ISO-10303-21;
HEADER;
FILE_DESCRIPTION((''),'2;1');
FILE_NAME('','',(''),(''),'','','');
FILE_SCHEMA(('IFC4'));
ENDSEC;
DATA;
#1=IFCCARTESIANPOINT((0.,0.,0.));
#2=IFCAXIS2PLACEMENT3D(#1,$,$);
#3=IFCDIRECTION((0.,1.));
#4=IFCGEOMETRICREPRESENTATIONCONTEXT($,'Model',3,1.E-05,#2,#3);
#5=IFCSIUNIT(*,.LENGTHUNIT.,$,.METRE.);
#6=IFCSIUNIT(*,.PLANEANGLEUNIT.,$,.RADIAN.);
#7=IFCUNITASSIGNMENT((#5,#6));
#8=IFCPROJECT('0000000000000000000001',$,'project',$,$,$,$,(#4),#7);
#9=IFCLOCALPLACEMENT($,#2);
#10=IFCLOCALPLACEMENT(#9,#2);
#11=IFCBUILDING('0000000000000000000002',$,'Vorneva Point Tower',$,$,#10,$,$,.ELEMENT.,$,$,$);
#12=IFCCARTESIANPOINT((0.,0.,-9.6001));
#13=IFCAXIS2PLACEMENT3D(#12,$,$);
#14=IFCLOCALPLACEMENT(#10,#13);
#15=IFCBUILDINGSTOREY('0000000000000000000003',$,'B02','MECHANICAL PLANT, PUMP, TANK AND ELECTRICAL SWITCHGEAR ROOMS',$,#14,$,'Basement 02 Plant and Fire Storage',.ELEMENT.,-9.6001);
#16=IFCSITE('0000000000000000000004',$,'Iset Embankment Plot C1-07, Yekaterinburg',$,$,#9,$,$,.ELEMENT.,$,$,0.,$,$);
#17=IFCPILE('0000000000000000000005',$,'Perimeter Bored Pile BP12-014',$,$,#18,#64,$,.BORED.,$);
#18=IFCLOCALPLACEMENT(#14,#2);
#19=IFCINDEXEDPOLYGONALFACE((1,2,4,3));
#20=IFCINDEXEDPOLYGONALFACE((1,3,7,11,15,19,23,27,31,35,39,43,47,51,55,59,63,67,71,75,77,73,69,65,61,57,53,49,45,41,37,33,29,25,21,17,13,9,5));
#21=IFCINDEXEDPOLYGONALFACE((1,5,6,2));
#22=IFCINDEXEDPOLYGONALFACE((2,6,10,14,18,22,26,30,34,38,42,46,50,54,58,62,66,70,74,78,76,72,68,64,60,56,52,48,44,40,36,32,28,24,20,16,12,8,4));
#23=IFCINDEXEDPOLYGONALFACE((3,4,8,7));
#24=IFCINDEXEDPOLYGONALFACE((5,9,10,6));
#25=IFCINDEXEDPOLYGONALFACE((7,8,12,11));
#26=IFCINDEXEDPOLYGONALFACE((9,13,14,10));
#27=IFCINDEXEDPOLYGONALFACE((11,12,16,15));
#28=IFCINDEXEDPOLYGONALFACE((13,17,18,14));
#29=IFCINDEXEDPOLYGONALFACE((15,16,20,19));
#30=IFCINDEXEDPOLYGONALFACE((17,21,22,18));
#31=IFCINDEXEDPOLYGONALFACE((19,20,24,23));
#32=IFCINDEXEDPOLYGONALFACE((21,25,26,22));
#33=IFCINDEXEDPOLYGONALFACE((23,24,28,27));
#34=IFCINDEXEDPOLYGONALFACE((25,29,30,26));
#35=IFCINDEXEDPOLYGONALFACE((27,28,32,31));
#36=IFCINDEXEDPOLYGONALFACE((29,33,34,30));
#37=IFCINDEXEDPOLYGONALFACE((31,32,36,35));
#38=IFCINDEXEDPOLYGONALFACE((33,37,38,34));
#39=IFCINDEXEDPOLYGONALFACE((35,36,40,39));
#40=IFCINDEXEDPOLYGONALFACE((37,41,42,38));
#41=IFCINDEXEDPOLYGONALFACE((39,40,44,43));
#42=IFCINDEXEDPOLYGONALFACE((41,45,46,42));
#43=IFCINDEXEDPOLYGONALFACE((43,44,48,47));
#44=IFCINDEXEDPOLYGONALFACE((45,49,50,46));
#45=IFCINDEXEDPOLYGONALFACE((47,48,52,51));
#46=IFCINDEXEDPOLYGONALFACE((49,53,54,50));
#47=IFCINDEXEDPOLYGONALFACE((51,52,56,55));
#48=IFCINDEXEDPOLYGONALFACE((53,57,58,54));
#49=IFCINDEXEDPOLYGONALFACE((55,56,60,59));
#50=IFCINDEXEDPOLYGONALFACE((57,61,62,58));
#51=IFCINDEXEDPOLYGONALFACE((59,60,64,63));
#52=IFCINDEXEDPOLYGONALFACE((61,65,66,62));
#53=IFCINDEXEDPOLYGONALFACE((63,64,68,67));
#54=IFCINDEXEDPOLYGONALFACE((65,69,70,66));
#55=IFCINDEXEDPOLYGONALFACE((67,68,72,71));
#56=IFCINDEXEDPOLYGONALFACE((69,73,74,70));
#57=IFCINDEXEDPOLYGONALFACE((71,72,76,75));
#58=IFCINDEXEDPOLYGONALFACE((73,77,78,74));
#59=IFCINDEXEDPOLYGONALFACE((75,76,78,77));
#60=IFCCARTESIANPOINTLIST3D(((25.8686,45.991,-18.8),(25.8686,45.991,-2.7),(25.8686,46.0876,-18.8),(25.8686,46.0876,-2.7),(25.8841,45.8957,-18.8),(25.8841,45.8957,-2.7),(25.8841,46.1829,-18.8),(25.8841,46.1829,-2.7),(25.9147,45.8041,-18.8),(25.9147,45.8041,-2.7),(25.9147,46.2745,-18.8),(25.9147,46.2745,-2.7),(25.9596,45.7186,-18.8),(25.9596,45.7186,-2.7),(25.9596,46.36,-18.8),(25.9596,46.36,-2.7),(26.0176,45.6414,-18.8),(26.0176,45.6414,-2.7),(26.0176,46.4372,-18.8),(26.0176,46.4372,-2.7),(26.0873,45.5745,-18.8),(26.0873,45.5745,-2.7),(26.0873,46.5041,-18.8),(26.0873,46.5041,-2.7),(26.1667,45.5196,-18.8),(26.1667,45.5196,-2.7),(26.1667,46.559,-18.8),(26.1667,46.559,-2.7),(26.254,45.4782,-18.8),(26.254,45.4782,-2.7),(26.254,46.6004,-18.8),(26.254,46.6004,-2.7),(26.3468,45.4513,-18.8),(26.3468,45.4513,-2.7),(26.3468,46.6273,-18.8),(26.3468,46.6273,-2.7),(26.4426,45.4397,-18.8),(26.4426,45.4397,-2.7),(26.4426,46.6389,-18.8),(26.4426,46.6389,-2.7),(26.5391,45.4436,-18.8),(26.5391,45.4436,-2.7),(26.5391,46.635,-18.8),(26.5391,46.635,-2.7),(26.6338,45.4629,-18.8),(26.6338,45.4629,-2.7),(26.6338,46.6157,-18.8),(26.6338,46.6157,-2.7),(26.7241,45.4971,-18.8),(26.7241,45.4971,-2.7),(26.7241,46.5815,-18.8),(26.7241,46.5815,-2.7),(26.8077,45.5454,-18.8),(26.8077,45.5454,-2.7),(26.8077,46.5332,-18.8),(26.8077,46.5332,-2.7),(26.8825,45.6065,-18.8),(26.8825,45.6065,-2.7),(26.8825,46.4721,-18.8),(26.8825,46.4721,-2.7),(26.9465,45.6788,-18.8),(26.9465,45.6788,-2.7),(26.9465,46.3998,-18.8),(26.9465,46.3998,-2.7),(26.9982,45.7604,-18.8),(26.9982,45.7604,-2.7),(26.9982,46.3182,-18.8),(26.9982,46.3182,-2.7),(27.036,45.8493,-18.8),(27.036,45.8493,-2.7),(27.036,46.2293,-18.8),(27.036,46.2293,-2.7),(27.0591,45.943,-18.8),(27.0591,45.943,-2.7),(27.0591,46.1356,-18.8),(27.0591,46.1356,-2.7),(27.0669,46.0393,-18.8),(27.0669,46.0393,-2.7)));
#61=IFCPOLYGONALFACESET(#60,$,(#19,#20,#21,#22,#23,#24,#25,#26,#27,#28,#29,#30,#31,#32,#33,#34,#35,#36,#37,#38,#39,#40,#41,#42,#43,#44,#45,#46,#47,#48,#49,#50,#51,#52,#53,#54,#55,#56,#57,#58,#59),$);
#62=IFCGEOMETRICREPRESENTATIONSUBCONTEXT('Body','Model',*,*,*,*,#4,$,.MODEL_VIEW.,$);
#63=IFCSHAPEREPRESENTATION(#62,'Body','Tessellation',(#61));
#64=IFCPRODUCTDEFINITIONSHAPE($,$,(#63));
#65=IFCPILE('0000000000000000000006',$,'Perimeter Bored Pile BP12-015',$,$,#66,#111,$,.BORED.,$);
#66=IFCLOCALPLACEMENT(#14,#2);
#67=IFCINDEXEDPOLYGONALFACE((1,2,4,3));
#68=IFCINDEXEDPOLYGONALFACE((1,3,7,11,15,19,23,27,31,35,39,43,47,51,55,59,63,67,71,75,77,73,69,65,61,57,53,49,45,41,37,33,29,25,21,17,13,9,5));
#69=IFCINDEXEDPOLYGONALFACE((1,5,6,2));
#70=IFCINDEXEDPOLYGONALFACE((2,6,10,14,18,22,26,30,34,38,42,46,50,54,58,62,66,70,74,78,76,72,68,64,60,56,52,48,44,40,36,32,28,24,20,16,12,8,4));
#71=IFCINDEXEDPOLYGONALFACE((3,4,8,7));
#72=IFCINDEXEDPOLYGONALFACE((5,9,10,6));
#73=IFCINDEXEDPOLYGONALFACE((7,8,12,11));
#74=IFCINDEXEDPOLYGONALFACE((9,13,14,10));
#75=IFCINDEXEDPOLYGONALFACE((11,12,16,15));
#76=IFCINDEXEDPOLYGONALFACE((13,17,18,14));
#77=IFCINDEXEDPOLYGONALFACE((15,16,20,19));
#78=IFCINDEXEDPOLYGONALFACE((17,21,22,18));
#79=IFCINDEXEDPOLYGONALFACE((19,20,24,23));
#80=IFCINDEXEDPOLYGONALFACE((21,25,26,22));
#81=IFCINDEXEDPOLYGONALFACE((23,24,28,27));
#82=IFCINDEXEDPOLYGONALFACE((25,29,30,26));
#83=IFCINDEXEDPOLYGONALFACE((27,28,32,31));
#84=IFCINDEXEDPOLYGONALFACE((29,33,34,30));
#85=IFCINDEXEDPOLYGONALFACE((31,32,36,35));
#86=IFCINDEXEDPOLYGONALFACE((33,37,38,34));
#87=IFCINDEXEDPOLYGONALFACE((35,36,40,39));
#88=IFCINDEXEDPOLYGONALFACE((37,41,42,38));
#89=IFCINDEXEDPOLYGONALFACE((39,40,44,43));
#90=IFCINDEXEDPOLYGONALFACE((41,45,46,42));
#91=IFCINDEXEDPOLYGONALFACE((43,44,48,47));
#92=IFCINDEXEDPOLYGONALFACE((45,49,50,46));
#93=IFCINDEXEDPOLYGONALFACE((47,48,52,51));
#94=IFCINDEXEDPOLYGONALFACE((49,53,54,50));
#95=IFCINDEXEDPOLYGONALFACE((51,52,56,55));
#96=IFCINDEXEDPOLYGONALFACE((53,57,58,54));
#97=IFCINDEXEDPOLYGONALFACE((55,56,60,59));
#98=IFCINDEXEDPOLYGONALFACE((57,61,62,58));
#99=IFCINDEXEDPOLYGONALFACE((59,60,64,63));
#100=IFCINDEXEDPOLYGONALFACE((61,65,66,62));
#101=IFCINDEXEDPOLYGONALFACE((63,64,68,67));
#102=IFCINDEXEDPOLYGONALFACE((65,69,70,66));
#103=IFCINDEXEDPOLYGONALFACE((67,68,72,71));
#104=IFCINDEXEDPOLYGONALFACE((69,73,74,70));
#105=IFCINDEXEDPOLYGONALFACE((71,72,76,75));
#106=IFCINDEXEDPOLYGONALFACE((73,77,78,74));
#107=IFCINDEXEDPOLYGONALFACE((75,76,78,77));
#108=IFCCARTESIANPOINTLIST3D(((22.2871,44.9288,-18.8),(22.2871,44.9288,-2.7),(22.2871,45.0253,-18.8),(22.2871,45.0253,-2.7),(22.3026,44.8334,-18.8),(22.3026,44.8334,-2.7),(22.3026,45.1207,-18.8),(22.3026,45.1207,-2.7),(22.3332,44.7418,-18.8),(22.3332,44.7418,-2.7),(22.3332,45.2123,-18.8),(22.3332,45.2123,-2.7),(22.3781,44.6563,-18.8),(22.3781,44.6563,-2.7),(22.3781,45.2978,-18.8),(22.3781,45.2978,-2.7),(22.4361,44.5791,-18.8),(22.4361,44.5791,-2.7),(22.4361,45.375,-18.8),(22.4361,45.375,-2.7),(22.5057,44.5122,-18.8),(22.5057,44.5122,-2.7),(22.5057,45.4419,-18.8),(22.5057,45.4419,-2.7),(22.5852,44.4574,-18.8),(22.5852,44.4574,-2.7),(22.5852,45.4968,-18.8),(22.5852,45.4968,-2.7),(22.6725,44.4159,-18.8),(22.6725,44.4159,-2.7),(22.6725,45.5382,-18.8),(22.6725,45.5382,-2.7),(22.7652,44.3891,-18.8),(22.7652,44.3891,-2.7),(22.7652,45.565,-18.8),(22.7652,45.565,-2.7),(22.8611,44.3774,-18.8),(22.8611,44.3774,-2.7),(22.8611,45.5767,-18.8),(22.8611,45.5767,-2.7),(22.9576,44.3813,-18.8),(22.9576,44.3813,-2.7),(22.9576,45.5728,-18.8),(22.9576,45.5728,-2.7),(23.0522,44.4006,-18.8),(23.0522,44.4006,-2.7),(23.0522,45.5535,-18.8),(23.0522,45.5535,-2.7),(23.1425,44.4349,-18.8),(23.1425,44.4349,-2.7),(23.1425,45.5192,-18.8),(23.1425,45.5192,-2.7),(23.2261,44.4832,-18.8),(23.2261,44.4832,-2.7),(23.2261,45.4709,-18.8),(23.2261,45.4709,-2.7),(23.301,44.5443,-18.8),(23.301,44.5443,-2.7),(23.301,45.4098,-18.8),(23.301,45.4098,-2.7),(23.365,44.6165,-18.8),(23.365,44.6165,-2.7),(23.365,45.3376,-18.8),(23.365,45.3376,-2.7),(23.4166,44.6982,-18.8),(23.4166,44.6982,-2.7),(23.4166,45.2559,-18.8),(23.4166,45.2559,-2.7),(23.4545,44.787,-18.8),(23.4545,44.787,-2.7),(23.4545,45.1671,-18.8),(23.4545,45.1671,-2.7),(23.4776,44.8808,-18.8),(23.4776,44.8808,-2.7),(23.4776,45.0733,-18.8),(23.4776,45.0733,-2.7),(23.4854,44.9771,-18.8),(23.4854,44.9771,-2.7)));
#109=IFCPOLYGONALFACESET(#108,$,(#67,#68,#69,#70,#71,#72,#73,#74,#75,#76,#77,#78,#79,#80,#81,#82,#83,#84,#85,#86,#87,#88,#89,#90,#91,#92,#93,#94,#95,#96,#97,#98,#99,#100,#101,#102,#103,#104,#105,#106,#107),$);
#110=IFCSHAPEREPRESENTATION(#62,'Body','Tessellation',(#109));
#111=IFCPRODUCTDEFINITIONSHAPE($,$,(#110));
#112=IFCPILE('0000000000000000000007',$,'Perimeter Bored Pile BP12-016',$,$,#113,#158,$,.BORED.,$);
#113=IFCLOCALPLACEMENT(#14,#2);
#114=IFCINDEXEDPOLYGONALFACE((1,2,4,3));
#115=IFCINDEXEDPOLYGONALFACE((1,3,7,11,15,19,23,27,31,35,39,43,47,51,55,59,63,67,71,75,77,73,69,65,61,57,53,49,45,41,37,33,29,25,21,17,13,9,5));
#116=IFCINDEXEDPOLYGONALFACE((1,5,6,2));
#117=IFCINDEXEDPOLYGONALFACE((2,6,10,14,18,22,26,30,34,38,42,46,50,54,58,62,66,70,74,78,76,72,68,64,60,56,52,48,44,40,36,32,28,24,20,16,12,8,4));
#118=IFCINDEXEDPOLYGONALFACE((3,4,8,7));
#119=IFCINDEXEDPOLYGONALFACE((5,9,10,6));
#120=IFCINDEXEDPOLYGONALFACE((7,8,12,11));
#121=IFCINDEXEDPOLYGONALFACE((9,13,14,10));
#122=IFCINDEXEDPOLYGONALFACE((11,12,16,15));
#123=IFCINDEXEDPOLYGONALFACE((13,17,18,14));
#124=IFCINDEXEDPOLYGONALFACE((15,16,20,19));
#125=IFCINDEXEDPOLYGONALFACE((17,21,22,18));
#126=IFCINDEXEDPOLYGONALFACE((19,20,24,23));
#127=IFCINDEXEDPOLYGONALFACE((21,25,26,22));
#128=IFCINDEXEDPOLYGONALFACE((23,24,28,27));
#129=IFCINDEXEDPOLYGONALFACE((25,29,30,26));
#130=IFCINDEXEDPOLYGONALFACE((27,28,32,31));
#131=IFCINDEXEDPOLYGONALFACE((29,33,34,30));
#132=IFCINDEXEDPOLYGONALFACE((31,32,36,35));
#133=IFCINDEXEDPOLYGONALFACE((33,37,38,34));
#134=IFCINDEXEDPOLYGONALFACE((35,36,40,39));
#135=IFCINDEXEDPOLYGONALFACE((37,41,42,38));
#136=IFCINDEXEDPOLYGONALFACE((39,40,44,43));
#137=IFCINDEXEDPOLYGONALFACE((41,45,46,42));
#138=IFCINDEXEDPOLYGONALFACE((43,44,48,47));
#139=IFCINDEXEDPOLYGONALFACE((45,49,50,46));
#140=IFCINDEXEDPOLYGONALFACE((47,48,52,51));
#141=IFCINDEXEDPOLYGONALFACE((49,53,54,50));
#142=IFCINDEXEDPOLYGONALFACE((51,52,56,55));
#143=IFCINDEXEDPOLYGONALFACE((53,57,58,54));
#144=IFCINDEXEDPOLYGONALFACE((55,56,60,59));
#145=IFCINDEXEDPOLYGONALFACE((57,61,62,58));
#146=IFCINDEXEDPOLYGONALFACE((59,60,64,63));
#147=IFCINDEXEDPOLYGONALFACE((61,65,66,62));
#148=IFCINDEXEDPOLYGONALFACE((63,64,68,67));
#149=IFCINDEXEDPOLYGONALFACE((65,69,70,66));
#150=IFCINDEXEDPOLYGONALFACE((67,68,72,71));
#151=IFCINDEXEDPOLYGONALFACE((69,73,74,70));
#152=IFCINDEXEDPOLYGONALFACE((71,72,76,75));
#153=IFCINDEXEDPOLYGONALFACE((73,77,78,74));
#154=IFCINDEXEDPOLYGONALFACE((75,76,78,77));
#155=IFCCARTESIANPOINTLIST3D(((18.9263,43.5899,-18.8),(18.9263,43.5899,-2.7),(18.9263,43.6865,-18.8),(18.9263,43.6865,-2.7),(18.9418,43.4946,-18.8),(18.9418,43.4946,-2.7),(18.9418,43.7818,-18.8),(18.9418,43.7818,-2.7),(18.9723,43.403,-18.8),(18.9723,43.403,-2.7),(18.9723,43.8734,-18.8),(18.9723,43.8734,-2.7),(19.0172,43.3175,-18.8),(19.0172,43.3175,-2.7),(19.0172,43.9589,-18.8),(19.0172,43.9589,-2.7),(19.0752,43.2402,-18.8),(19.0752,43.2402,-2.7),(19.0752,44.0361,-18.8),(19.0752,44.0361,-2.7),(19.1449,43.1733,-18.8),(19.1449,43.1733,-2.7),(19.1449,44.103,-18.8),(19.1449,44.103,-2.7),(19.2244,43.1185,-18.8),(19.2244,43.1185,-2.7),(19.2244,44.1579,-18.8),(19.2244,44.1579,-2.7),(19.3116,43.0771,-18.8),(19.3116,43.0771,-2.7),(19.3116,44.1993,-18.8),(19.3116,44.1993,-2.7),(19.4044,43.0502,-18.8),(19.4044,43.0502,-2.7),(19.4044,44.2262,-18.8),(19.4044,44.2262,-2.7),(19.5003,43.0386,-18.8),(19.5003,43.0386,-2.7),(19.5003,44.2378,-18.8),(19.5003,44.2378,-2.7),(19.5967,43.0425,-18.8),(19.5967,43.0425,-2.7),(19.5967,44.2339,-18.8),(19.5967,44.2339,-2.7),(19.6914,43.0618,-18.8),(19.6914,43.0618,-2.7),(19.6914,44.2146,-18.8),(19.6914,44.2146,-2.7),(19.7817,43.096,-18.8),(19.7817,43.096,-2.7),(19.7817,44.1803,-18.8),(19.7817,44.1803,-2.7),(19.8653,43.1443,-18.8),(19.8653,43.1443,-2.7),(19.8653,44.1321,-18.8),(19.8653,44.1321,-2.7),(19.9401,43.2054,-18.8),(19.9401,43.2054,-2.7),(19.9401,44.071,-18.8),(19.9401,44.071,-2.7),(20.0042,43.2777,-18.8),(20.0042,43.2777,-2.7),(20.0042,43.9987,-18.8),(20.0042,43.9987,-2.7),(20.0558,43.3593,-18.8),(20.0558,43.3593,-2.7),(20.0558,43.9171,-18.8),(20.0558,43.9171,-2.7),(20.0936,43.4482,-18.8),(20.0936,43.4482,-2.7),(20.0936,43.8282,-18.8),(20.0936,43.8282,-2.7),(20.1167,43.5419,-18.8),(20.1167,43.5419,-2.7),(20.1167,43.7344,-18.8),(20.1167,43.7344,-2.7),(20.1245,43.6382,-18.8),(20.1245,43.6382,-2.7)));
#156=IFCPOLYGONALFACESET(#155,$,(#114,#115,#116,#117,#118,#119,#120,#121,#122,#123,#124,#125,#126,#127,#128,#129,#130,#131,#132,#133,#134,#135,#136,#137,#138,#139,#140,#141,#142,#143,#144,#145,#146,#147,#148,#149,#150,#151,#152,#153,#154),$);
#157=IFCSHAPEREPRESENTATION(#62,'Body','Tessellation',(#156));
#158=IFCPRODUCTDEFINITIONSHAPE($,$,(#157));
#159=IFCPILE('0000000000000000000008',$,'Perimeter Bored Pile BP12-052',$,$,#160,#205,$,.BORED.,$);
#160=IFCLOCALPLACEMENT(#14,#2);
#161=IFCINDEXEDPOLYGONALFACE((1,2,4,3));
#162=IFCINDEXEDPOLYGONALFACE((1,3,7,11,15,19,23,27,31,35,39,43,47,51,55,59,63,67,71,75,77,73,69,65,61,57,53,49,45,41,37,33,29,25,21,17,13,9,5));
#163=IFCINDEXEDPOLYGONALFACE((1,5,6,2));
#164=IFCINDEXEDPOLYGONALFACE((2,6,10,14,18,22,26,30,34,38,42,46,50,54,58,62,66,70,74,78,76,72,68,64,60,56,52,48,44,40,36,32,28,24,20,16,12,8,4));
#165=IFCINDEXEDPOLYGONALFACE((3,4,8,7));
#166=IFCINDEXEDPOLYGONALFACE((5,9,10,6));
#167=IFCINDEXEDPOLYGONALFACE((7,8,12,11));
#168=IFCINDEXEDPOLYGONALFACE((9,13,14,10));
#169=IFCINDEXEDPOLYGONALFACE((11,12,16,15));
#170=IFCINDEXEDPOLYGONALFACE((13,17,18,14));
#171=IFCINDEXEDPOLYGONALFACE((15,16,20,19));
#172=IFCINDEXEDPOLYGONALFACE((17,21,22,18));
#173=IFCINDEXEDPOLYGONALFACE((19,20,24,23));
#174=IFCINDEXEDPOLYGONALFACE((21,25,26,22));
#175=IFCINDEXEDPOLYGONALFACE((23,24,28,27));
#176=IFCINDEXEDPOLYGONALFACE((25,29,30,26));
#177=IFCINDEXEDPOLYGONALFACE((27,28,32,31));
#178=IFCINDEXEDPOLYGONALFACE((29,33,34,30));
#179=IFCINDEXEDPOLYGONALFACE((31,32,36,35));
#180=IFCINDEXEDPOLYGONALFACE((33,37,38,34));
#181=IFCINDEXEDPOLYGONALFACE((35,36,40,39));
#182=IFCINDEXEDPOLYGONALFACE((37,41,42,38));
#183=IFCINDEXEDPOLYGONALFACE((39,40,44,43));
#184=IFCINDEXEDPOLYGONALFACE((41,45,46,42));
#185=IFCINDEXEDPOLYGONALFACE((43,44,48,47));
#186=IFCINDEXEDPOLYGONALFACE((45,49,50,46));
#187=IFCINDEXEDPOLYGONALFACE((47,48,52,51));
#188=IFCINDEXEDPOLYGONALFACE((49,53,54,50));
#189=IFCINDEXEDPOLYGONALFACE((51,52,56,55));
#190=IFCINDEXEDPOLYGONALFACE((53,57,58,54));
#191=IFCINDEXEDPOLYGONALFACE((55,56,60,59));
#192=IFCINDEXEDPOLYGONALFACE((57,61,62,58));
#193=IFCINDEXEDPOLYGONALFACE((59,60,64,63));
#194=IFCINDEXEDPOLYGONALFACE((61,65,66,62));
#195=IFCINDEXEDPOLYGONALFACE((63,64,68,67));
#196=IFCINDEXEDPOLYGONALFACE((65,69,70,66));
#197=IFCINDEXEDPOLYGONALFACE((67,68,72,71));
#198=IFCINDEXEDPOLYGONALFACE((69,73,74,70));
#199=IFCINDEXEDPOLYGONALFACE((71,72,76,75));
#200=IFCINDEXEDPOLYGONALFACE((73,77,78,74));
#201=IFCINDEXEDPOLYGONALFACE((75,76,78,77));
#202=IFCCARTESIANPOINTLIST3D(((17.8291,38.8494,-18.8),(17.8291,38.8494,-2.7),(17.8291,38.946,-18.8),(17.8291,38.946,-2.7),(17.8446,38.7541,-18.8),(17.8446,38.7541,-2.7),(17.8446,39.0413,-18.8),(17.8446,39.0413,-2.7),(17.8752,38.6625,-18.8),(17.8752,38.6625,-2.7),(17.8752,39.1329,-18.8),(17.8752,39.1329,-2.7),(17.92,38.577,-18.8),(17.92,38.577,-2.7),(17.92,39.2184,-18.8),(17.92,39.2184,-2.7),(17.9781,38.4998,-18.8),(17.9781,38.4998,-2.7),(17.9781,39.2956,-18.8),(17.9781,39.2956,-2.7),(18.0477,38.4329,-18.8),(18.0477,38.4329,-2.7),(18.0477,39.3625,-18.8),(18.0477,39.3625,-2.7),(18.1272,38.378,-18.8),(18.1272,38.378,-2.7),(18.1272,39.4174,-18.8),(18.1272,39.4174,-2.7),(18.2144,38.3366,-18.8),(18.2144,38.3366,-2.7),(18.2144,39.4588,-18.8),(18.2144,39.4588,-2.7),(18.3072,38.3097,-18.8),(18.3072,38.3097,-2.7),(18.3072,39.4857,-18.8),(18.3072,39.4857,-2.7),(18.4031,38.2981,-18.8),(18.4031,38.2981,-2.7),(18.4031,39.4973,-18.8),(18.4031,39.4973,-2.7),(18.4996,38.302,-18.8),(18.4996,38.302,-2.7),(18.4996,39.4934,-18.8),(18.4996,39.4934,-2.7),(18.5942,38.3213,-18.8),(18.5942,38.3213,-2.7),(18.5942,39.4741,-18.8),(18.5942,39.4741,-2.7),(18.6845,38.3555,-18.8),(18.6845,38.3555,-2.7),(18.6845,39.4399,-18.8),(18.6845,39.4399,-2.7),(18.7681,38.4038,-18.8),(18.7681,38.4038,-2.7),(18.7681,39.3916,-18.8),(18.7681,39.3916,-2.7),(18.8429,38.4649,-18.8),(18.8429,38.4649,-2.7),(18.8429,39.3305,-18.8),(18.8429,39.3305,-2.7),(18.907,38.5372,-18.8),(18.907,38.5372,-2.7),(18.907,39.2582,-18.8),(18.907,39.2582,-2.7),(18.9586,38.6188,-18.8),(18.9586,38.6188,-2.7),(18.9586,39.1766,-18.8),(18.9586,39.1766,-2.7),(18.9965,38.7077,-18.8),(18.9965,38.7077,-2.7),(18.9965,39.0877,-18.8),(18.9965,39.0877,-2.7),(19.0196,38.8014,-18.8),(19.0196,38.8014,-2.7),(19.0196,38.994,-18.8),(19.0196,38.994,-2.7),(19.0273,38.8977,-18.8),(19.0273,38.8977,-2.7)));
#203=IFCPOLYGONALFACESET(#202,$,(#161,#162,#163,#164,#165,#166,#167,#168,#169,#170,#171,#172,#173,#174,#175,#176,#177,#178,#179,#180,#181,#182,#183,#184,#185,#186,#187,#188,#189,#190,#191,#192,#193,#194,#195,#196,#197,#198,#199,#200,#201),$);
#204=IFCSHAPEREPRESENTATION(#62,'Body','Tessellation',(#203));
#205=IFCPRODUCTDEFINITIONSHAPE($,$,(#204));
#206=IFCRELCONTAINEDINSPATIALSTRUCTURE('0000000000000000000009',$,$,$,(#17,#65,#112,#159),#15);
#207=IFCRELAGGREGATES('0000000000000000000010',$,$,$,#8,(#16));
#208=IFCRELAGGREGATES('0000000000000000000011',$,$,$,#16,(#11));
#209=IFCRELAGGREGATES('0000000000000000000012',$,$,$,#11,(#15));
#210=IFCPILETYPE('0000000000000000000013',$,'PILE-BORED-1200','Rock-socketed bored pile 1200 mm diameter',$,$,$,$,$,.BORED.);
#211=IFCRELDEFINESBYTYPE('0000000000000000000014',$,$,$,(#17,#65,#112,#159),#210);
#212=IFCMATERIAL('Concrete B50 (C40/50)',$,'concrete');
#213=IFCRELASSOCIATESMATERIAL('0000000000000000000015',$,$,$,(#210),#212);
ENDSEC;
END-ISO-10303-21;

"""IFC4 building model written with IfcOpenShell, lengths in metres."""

from ifc_helpers import new_model, si_unit, direction, frame, origin, origin_2d, place, context, subcontext, project, spatial, circle, extrude, material, material_profile, profile_set, type_object, element, save


model = new_model("IFC4")

# Units and contexts
model_context = context("Model", 3, precision=1e-05, world=origin(), true_north=direction((0.0, 1.0)))
body_context = subcontext(model_context, "Body", "Model", "MODEL_VIEW")
ifc_project = project(units=[si_unit("LENGTHUNIT", "METRE"), si_unit("PLANEANGLEUNIT", "RADIAN")], contexts=[model_context])

# Site, building, storey
site_placement = place(None, origin())
site = spatial("IfcSite", under=ifc_project, at=site_placement, Name="Iset Embankment Plot C1-07, Yekaterinburg", CompositionType="ELEMENT", RefElevation=0.0)
building_placement = place(site_placement, origin())
building = spatial("IfcBuilding", under=site, at=building_placement, Name="Vorneva Point Tower", CompositionType="ELEMENT")
storey_placement = place(building_placement, frame((0.0, 0.0, -9.6001)))
storey = spatial("IfcBuildingStorey", under=building, at=storey_placement, Name="B02", Description="MECHANICAL PLANT, PUMP, TANK AND ELECTRICAL SWITCHGEAR ROOMS", LongName="Basement 02 Plant and Fire Storage", CompositionType="ELEMENT", Elevation=-9.6001)

# Piles
ifc_material_1 = material(Name="Concrete B50 (C40/50)", Category="concrete")
ifc_material_profile_1 = material_profile(ifc_material_1, circle(Radius=0.6001, at=origin_2d()), Name="PILE-1200")
ifc_profile_set_1 = profile_set([ifc_material_profile_1], Name="Concrete B50 (C40/50)")
pile_type_1 = type_object("IfcPileType", Name="PILE-BORED-1200", Description="Rock-socketed bored pile 1200 mm diameter", PredefinedType="BORED", material=ifc_profile_set_1)
for number, where, z_axis, x_axis, name in (
    (1, (26.4668, 46.0393, -2.7), (0.0, 0.0, -1.0), (1.0, 0.0, 0.0), "Perimeter Bored Pile BP12-014"),
    (2, (22.8853, 44.9771, -2.7), (0.0, 0.0, -1.0), (1.0, 0.0, 0.0), "Perimeter Bored Pile BP12-015"),
    (3, (19.5244, 43.6382, -2.7), (0.0, 0.0, -1.0), (1.0, 0.0, 0.0), "Perimeter Bored Pile BP12-016"),
    (4, (18.4272, 38.8977, -2.7), (0.0, 0.0, -1.0), (1.0, 0.0, 0.0), "Perimeter Bored Pile BP12-052"),
):
    element("IfcPile", number, at=place(storey_placement, frame(where, z_axis=z_axis, x_axis=x_axis)), inside=storey, type_object=pile_type_1, Name=name, PredefinedType="BORED", context=body_context, shape_type="SweptSolid", body=[
        extrude(circle(Radius=0.6001, at=origin_2d()), origin(), (0.0, 0.0, 1.0), 16.1001),
    ])

save(model, "model.ifc")
